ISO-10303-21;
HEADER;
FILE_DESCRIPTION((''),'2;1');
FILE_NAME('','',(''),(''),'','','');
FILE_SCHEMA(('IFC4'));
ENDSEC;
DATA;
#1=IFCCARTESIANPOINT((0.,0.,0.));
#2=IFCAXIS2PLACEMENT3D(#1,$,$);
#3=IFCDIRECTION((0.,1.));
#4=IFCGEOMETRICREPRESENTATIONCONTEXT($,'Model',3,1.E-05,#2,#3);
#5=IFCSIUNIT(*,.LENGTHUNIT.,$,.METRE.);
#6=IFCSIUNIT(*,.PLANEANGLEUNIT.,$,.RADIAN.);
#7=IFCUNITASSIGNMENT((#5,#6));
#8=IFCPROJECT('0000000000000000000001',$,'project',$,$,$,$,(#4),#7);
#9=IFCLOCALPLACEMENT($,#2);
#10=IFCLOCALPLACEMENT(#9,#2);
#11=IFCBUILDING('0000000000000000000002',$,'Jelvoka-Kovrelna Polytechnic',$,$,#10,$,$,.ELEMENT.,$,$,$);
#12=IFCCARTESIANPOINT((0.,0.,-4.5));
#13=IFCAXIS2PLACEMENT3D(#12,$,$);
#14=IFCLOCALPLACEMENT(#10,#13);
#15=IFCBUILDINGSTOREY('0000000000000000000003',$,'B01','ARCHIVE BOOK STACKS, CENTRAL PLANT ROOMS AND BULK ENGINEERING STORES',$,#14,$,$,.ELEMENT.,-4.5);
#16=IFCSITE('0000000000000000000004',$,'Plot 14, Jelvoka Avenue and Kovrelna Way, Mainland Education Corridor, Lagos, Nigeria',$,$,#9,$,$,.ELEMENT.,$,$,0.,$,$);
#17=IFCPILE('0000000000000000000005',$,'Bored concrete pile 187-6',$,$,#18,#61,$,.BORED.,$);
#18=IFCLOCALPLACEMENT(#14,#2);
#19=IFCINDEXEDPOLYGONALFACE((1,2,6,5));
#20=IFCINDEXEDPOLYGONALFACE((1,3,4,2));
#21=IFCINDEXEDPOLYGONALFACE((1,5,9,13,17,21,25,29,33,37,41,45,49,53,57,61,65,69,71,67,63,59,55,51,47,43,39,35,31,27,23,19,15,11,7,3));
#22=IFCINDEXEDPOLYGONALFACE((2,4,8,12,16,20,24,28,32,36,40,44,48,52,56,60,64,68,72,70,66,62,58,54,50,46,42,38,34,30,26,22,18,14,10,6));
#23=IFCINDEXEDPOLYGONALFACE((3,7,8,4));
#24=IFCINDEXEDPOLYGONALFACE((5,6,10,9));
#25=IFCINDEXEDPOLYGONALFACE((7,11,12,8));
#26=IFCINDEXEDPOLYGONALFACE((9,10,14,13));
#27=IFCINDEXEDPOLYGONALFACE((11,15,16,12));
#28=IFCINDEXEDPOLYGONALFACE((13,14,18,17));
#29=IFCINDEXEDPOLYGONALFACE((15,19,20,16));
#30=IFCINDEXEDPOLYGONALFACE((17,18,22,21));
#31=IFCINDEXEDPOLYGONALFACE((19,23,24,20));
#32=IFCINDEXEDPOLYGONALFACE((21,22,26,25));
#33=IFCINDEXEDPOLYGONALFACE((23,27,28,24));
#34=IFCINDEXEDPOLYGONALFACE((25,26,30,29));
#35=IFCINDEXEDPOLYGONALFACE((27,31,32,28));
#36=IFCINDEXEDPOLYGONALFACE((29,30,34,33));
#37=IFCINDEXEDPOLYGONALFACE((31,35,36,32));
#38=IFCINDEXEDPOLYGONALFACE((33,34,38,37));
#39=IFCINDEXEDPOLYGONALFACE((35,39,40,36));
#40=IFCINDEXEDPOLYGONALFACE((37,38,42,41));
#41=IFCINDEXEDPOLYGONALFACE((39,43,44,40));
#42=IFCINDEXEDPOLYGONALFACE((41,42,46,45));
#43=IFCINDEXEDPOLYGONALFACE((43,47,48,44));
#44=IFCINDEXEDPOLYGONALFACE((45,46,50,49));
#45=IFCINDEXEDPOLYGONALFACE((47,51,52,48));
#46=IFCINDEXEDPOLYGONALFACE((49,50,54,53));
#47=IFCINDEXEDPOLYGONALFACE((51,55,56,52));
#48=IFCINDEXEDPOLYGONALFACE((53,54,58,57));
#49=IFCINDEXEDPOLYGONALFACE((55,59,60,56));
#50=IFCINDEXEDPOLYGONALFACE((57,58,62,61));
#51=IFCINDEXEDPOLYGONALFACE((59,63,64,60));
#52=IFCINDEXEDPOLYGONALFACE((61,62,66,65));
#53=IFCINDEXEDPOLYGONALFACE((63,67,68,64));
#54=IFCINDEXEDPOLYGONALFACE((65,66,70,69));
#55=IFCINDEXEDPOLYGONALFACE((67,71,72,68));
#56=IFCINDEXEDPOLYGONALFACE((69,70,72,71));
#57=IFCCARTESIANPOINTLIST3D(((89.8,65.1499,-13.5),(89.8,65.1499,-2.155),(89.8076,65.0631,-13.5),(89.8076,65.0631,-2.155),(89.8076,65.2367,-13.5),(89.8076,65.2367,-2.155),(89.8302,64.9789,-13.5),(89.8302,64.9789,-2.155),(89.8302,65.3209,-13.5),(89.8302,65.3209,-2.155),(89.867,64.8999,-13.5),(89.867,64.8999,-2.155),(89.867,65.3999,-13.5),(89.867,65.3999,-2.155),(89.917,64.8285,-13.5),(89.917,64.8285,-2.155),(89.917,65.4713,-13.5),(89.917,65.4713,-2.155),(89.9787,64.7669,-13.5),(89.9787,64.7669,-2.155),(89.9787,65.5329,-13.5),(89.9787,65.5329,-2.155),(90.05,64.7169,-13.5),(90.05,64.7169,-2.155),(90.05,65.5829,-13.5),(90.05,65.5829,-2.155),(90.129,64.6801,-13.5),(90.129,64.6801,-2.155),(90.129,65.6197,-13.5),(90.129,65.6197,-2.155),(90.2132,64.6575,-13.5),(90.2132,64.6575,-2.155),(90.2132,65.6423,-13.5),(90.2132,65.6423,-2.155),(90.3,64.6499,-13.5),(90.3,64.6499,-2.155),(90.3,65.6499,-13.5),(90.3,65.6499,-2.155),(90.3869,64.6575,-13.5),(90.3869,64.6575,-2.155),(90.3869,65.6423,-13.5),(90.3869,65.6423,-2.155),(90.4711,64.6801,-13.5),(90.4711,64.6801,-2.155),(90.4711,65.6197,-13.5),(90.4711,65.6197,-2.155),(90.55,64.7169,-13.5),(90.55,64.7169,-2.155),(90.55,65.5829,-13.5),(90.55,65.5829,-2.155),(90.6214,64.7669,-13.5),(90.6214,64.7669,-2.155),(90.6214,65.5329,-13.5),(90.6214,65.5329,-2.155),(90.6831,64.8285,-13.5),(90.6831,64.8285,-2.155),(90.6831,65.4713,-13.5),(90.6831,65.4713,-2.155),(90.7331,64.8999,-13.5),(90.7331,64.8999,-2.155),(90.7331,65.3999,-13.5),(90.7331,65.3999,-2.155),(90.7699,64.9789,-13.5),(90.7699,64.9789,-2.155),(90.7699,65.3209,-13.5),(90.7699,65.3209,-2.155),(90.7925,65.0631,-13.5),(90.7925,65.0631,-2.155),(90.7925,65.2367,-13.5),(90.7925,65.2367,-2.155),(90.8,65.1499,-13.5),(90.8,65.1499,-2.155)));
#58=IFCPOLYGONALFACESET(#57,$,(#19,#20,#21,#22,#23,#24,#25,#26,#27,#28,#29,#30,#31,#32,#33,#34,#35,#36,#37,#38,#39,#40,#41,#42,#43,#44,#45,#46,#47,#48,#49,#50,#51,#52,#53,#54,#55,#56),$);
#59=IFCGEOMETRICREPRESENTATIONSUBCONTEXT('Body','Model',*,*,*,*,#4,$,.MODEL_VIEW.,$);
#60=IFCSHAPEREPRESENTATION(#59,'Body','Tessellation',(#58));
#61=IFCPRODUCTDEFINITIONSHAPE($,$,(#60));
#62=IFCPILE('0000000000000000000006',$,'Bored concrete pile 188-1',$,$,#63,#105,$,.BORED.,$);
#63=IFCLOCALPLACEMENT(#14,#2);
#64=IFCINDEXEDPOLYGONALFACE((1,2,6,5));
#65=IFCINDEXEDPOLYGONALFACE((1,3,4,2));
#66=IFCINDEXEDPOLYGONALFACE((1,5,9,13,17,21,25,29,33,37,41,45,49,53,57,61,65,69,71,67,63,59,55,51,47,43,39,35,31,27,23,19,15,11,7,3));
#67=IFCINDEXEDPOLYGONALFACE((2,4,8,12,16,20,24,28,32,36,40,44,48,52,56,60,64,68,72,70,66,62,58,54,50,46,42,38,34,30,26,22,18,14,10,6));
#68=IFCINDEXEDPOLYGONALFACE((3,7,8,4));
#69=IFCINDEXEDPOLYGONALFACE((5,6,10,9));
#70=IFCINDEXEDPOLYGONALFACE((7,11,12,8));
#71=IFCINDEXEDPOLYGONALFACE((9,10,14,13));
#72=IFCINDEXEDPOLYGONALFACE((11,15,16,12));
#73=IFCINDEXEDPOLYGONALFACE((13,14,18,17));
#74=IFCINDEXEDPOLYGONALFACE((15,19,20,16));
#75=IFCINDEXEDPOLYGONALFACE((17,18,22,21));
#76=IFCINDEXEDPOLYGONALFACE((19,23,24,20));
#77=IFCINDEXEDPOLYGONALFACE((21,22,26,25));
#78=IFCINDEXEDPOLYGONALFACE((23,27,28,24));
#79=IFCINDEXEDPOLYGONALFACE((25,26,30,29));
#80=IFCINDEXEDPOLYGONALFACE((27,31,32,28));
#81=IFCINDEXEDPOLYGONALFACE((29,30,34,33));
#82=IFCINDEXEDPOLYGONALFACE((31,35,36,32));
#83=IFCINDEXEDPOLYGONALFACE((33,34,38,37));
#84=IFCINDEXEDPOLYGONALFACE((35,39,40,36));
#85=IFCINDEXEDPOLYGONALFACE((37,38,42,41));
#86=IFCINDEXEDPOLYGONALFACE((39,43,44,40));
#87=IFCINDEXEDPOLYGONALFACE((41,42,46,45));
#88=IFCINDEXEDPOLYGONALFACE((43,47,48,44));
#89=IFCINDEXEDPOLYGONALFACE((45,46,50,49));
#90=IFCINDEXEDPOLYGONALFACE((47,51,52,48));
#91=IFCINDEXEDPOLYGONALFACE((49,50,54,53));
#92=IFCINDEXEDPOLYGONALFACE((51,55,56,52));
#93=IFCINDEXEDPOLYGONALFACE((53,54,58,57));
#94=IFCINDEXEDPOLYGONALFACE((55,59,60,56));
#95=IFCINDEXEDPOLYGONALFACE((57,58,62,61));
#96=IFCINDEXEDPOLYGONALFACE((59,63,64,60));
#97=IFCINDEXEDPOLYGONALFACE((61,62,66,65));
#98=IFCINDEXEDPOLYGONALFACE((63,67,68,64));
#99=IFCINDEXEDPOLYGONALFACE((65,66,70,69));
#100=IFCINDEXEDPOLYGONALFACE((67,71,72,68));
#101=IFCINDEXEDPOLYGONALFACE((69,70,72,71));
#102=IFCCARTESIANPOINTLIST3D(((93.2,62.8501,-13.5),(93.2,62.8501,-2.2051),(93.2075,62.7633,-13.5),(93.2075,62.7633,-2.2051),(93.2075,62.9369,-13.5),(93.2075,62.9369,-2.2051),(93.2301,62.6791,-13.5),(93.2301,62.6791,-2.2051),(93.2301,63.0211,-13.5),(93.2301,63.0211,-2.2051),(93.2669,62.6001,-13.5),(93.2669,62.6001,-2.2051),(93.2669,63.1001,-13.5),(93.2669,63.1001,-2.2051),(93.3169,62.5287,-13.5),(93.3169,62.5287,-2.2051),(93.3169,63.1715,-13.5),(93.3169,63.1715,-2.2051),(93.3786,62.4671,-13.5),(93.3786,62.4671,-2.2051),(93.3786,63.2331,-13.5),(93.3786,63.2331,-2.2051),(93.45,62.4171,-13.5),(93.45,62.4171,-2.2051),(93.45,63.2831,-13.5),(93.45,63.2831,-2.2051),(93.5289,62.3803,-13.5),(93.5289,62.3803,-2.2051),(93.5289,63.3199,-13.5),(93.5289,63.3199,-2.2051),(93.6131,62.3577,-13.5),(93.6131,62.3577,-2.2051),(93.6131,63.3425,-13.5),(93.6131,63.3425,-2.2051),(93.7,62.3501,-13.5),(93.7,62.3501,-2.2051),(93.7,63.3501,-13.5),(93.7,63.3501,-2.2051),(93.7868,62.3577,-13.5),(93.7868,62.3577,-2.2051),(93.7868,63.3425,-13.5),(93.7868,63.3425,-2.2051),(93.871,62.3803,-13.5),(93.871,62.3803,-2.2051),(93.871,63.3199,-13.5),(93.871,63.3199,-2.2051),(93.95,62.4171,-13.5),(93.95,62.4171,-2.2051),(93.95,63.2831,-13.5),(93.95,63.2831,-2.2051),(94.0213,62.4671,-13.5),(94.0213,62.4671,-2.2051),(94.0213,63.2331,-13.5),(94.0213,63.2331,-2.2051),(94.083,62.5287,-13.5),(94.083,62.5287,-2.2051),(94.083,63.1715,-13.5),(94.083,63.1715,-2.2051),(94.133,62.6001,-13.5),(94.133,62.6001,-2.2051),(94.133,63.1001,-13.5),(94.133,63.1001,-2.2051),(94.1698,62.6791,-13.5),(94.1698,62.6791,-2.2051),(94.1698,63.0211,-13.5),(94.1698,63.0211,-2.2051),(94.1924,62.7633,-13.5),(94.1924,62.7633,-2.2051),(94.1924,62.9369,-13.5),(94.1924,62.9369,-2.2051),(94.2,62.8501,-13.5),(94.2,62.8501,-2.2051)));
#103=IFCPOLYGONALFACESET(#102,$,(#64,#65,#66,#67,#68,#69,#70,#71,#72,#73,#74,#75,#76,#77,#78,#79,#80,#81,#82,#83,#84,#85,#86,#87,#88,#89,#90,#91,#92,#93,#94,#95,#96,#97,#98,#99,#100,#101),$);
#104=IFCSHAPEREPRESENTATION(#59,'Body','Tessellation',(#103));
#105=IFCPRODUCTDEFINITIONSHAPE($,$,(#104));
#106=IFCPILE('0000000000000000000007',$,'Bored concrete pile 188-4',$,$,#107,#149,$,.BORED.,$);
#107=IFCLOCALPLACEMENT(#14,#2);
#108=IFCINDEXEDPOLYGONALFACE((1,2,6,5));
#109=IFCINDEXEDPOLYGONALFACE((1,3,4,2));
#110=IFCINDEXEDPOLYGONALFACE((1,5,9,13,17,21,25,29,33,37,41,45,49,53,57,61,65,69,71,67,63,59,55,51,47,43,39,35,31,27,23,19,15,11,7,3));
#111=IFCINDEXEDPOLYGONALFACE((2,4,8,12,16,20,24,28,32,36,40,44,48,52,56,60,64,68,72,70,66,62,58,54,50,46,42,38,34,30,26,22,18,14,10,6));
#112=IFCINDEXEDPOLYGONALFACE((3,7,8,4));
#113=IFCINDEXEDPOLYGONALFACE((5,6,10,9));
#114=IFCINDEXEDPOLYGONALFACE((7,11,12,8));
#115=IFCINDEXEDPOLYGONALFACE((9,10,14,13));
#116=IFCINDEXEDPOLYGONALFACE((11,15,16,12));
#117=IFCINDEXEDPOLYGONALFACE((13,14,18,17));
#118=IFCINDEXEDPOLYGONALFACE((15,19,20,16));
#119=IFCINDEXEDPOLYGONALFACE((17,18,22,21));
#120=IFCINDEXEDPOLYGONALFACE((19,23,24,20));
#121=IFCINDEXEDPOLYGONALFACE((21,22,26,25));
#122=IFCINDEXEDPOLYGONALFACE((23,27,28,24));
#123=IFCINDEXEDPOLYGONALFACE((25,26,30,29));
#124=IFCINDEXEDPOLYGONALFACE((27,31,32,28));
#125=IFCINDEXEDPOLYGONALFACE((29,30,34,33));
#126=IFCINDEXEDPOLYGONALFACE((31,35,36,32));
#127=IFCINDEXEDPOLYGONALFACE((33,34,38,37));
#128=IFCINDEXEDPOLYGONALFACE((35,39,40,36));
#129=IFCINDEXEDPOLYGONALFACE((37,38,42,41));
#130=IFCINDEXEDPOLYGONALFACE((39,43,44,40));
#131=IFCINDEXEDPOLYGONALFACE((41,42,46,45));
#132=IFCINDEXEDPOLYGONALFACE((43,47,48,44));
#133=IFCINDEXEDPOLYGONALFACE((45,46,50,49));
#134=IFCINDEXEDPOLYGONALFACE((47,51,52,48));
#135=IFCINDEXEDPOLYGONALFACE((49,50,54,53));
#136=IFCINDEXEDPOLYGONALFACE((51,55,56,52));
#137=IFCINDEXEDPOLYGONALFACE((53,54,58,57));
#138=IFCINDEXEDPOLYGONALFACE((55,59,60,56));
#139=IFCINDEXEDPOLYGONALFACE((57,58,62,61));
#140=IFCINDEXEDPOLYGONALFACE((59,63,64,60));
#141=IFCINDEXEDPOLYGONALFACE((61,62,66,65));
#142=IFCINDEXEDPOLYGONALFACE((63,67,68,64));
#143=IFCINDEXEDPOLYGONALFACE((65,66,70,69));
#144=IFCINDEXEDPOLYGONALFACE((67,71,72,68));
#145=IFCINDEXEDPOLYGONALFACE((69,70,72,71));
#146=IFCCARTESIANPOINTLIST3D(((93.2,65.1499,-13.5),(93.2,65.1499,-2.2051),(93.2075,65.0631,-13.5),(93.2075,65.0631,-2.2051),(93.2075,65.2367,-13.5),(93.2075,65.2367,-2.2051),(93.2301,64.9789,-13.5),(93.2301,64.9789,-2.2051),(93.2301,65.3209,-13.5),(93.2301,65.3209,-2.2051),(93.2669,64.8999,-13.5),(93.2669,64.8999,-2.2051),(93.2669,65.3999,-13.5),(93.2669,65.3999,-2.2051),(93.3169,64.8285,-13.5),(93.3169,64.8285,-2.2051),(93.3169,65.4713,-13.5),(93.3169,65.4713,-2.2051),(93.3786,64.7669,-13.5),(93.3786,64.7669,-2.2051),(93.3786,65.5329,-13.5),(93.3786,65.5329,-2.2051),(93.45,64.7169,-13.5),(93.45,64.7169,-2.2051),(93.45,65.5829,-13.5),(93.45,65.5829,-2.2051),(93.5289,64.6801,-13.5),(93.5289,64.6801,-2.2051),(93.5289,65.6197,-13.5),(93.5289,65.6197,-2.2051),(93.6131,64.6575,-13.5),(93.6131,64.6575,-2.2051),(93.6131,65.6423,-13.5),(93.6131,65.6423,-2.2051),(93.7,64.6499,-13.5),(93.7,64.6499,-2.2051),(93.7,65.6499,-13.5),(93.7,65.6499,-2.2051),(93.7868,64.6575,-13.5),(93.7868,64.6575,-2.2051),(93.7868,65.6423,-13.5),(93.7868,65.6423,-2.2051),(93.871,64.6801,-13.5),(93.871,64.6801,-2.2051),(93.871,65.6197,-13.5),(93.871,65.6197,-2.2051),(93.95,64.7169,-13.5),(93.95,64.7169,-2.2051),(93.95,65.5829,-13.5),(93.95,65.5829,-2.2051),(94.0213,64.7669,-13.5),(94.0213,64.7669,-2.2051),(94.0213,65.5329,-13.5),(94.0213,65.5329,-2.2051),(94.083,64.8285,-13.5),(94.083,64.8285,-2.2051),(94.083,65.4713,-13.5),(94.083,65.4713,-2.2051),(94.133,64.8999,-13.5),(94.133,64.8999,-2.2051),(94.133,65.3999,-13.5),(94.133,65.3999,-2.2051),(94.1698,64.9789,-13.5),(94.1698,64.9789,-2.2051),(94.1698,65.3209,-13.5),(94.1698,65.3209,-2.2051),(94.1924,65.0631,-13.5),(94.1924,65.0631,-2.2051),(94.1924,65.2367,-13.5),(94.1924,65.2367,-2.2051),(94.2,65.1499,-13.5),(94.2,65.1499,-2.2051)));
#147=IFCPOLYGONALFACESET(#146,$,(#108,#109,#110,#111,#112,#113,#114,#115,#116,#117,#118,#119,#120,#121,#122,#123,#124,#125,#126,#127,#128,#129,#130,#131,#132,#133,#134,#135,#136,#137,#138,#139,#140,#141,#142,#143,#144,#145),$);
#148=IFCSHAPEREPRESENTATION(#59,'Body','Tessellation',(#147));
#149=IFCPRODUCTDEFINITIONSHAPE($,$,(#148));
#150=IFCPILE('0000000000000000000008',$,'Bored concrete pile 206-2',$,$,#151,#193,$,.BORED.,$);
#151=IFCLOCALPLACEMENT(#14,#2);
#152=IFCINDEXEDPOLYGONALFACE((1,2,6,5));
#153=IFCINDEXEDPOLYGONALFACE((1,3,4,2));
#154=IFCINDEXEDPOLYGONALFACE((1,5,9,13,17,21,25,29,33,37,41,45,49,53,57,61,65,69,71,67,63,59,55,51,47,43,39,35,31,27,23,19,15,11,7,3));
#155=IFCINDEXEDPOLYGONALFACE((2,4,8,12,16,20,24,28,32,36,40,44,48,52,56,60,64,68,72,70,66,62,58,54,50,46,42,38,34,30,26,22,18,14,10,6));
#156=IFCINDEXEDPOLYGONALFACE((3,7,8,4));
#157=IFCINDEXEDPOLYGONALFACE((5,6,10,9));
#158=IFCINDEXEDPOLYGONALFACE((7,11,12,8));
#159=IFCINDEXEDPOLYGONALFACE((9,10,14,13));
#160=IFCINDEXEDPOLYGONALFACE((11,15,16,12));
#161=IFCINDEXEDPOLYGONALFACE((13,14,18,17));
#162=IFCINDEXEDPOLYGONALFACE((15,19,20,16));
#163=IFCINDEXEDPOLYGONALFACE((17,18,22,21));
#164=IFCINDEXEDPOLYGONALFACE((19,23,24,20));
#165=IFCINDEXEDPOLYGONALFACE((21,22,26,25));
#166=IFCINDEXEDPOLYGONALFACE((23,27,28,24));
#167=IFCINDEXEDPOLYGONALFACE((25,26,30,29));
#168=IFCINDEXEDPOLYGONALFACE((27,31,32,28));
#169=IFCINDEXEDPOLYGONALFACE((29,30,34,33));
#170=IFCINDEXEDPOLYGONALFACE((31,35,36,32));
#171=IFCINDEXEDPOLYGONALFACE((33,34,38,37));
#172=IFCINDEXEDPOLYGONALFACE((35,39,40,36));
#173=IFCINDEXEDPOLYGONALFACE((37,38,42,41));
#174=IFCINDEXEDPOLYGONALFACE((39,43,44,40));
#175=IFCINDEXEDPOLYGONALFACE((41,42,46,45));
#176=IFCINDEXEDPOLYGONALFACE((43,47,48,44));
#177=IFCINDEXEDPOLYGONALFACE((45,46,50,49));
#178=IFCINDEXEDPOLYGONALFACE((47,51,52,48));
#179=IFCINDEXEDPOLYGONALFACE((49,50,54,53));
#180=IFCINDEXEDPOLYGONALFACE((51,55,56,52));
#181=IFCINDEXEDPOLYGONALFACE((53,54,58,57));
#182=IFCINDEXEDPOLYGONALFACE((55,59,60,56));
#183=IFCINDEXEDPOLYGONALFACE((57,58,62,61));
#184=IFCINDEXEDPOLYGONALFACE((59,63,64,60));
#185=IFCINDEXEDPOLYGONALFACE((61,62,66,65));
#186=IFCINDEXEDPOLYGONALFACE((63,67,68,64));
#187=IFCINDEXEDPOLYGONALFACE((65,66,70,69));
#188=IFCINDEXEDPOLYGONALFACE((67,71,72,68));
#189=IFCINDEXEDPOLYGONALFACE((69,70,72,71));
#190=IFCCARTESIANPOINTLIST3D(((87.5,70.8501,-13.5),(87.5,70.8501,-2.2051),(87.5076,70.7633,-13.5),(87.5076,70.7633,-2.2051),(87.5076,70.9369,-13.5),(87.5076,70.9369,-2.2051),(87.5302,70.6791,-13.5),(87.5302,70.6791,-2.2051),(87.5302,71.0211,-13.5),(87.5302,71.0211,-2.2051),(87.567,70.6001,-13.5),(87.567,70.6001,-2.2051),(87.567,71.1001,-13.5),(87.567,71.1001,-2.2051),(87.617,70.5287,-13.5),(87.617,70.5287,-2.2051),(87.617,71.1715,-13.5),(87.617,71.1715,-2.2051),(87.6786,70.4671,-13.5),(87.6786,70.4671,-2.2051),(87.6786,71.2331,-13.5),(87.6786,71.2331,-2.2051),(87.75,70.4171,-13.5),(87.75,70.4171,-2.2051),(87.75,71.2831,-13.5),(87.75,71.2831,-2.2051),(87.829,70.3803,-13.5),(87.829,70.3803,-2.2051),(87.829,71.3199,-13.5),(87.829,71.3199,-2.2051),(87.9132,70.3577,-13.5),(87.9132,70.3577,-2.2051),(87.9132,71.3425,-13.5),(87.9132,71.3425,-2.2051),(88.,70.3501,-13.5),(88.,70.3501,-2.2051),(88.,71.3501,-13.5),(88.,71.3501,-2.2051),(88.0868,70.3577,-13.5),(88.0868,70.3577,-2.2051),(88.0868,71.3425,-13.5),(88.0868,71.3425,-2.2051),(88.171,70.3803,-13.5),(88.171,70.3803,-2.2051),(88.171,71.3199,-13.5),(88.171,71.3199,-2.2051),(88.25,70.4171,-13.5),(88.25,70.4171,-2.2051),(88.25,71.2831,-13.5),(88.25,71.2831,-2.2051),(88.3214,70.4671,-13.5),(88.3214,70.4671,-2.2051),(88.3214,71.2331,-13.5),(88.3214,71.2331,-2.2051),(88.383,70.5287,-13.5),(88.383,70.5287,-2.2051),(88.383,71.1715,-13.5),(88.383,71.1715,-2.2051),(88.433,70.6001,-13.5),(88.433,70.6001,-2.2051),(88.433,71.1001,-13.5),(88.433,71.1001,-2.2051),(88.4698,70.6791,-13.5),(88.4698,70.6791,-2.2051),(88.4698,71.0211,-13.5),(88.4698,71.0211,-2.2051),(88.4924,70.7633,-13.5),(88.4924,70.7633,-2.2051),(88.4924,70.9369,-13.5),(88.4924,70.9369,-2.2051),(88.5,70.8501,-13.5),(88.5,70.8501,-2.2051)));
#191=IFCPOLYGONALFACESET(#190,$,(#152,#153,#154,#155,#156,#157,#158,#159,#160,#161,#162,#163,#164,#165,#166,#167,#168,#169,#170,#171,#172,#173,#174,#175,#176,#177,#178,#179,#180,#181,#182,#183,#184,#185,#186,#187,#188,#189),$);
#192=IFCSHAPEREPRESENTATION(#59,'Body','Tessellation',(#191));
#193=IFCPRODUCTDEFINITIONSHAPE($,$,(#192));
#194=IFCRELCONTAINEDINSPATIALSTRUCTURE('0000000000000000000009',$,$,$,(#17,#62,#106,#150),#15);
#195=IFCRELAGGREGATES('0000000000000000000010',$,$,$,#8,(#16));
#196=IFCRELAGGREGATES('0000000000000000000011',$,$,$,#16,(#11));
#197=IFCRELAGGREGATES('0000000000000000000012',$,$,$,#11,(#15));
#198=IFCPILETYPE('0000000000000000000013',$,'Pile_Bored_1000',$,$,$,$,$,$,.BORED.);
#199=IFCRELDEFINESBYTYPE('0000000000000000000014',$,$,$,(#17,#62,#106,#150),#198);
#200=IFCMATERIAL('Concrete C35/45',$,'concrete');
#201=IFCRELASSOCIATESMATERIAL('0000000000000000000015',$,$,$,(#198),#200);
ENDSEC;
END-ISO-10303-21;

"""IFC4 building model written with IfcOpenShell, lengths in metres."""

from ifc_helpers import new_model, si_unit, direction, frame, origin, origin_2d, place, context, subcontext, project, spatial, circle, extrude, material, material_profile, profile_set, type_object, element, save


model = new_model("IFC4")

# Units and contexts
model_context = context("Model", 3, precision=1e-05, world=origin(), true_north=direction((0.0, 1.0)))
body_context = subcontext(model_context, "Body", "Model", "MODEL_VIEW")
ifc_project = project(units=[si_unit("LENGTHUNIT", "METRE"), si_unit("PLANEANGLEUNIT", "RADIAN")], contexts=[model_context])

# Site, building, storey
site_placement = place(None, origin())
site = spatial("IfcSite", under=ifc_project, at=site_placement, Name="Plot 14, Jelvoka Avenue and Kovrelna Way, Mainland Education Corridor, Lagos, Nigeria", CompositionType="ELEMENT", RefElevation=0.0)
building_placement = place(site_placement, origin())
building = spatial("IfcBuilding", under=site, at=building_placement, Name="Jelvoka-Kovrelna Polytechnic", CompositionType="ELEMENT")
storey_placement = place(building_placement, frame((0.0, 0.0, -4.5)))
storey = spatial("IfcBuildingStorey", under=building, at=storey_placement, Name="B01", Description="ARCHIVE BOOK STACKS, CENTRAL PLANT ROOMS AND BULK ENGINEERING STORES", CompositionType="ELEMENT", Elevation=-4.5)

# Piles
ifc_material_1 = material(Name="Concrete C35/45", Category="concrete")
ifc_material_profile_1 = material_profile(ifc_material_1, circle(Radius=0.5, at=origin_2d()), Name="PILE D1000")
ifc_profile_set_1 = profile_set([ifc_material_profile_1], Name="Concrete C35/45")
pile_type = type_object("IfcPileType", Name="Pile_Bored_1000", PredefinedType="BORED", material=ifc_profile_set_1)
for number, where, z_axis, x_axis, name in (
    (1, (90.3, 65.1499, -2.155), (0.0, 0.0, -1.0), (1.0, 0.0, 0.0), "Bored concrete pile 187-6"),
):
    element("IfcPile", number, at=place(storey_placement, frame(where, z_axis=z_axis, x_axis=x_axis)), inside=storey, type_object=pile_type, Name=name, PredefinedType="BORED", context=body_context, shape_type="SweptSolid", body=[
        extrude(circle(Radius=0.5, at=origin_2d()), origin(), (0.0, 0.0, 1.0), 11.345),
    ])
for number, where, z_axis, x_axis, name in (
    (2, (93.7, 62.8501, -2.2051), (0.0, 0.0, -1.0), (1.0, 0.0, 0.0), "Bored concrete pile 188-1"),
    (3, (93.7, 65.1499, -2.2051), (0.0, 0.0, -1.0), (1.0, 0.0, 0.0), "Bored concrete pile 188-4"),
    (4, (88.0, 70.8501, -2.2051), (0.0, 0.0, -1.0), (1.0, 0.0, 0.0), "Bored concrete pile 206-2"),
):
    element("IfcPile", number, at=place(storey_placement, frame(where, z_axis=z_axis, x_axis=x_axis)), inside=storey, type_object=pile_type, Name=name, PredefinedType="BORED", context=body_context, shape_type="SweptSolid", body=[
        extrude(circle(Radius=0.5, at=origin_2d()), origin(), (0.0, 0.0, 1.0), 11.2949),
    ])

save(model, "model.ifc")
